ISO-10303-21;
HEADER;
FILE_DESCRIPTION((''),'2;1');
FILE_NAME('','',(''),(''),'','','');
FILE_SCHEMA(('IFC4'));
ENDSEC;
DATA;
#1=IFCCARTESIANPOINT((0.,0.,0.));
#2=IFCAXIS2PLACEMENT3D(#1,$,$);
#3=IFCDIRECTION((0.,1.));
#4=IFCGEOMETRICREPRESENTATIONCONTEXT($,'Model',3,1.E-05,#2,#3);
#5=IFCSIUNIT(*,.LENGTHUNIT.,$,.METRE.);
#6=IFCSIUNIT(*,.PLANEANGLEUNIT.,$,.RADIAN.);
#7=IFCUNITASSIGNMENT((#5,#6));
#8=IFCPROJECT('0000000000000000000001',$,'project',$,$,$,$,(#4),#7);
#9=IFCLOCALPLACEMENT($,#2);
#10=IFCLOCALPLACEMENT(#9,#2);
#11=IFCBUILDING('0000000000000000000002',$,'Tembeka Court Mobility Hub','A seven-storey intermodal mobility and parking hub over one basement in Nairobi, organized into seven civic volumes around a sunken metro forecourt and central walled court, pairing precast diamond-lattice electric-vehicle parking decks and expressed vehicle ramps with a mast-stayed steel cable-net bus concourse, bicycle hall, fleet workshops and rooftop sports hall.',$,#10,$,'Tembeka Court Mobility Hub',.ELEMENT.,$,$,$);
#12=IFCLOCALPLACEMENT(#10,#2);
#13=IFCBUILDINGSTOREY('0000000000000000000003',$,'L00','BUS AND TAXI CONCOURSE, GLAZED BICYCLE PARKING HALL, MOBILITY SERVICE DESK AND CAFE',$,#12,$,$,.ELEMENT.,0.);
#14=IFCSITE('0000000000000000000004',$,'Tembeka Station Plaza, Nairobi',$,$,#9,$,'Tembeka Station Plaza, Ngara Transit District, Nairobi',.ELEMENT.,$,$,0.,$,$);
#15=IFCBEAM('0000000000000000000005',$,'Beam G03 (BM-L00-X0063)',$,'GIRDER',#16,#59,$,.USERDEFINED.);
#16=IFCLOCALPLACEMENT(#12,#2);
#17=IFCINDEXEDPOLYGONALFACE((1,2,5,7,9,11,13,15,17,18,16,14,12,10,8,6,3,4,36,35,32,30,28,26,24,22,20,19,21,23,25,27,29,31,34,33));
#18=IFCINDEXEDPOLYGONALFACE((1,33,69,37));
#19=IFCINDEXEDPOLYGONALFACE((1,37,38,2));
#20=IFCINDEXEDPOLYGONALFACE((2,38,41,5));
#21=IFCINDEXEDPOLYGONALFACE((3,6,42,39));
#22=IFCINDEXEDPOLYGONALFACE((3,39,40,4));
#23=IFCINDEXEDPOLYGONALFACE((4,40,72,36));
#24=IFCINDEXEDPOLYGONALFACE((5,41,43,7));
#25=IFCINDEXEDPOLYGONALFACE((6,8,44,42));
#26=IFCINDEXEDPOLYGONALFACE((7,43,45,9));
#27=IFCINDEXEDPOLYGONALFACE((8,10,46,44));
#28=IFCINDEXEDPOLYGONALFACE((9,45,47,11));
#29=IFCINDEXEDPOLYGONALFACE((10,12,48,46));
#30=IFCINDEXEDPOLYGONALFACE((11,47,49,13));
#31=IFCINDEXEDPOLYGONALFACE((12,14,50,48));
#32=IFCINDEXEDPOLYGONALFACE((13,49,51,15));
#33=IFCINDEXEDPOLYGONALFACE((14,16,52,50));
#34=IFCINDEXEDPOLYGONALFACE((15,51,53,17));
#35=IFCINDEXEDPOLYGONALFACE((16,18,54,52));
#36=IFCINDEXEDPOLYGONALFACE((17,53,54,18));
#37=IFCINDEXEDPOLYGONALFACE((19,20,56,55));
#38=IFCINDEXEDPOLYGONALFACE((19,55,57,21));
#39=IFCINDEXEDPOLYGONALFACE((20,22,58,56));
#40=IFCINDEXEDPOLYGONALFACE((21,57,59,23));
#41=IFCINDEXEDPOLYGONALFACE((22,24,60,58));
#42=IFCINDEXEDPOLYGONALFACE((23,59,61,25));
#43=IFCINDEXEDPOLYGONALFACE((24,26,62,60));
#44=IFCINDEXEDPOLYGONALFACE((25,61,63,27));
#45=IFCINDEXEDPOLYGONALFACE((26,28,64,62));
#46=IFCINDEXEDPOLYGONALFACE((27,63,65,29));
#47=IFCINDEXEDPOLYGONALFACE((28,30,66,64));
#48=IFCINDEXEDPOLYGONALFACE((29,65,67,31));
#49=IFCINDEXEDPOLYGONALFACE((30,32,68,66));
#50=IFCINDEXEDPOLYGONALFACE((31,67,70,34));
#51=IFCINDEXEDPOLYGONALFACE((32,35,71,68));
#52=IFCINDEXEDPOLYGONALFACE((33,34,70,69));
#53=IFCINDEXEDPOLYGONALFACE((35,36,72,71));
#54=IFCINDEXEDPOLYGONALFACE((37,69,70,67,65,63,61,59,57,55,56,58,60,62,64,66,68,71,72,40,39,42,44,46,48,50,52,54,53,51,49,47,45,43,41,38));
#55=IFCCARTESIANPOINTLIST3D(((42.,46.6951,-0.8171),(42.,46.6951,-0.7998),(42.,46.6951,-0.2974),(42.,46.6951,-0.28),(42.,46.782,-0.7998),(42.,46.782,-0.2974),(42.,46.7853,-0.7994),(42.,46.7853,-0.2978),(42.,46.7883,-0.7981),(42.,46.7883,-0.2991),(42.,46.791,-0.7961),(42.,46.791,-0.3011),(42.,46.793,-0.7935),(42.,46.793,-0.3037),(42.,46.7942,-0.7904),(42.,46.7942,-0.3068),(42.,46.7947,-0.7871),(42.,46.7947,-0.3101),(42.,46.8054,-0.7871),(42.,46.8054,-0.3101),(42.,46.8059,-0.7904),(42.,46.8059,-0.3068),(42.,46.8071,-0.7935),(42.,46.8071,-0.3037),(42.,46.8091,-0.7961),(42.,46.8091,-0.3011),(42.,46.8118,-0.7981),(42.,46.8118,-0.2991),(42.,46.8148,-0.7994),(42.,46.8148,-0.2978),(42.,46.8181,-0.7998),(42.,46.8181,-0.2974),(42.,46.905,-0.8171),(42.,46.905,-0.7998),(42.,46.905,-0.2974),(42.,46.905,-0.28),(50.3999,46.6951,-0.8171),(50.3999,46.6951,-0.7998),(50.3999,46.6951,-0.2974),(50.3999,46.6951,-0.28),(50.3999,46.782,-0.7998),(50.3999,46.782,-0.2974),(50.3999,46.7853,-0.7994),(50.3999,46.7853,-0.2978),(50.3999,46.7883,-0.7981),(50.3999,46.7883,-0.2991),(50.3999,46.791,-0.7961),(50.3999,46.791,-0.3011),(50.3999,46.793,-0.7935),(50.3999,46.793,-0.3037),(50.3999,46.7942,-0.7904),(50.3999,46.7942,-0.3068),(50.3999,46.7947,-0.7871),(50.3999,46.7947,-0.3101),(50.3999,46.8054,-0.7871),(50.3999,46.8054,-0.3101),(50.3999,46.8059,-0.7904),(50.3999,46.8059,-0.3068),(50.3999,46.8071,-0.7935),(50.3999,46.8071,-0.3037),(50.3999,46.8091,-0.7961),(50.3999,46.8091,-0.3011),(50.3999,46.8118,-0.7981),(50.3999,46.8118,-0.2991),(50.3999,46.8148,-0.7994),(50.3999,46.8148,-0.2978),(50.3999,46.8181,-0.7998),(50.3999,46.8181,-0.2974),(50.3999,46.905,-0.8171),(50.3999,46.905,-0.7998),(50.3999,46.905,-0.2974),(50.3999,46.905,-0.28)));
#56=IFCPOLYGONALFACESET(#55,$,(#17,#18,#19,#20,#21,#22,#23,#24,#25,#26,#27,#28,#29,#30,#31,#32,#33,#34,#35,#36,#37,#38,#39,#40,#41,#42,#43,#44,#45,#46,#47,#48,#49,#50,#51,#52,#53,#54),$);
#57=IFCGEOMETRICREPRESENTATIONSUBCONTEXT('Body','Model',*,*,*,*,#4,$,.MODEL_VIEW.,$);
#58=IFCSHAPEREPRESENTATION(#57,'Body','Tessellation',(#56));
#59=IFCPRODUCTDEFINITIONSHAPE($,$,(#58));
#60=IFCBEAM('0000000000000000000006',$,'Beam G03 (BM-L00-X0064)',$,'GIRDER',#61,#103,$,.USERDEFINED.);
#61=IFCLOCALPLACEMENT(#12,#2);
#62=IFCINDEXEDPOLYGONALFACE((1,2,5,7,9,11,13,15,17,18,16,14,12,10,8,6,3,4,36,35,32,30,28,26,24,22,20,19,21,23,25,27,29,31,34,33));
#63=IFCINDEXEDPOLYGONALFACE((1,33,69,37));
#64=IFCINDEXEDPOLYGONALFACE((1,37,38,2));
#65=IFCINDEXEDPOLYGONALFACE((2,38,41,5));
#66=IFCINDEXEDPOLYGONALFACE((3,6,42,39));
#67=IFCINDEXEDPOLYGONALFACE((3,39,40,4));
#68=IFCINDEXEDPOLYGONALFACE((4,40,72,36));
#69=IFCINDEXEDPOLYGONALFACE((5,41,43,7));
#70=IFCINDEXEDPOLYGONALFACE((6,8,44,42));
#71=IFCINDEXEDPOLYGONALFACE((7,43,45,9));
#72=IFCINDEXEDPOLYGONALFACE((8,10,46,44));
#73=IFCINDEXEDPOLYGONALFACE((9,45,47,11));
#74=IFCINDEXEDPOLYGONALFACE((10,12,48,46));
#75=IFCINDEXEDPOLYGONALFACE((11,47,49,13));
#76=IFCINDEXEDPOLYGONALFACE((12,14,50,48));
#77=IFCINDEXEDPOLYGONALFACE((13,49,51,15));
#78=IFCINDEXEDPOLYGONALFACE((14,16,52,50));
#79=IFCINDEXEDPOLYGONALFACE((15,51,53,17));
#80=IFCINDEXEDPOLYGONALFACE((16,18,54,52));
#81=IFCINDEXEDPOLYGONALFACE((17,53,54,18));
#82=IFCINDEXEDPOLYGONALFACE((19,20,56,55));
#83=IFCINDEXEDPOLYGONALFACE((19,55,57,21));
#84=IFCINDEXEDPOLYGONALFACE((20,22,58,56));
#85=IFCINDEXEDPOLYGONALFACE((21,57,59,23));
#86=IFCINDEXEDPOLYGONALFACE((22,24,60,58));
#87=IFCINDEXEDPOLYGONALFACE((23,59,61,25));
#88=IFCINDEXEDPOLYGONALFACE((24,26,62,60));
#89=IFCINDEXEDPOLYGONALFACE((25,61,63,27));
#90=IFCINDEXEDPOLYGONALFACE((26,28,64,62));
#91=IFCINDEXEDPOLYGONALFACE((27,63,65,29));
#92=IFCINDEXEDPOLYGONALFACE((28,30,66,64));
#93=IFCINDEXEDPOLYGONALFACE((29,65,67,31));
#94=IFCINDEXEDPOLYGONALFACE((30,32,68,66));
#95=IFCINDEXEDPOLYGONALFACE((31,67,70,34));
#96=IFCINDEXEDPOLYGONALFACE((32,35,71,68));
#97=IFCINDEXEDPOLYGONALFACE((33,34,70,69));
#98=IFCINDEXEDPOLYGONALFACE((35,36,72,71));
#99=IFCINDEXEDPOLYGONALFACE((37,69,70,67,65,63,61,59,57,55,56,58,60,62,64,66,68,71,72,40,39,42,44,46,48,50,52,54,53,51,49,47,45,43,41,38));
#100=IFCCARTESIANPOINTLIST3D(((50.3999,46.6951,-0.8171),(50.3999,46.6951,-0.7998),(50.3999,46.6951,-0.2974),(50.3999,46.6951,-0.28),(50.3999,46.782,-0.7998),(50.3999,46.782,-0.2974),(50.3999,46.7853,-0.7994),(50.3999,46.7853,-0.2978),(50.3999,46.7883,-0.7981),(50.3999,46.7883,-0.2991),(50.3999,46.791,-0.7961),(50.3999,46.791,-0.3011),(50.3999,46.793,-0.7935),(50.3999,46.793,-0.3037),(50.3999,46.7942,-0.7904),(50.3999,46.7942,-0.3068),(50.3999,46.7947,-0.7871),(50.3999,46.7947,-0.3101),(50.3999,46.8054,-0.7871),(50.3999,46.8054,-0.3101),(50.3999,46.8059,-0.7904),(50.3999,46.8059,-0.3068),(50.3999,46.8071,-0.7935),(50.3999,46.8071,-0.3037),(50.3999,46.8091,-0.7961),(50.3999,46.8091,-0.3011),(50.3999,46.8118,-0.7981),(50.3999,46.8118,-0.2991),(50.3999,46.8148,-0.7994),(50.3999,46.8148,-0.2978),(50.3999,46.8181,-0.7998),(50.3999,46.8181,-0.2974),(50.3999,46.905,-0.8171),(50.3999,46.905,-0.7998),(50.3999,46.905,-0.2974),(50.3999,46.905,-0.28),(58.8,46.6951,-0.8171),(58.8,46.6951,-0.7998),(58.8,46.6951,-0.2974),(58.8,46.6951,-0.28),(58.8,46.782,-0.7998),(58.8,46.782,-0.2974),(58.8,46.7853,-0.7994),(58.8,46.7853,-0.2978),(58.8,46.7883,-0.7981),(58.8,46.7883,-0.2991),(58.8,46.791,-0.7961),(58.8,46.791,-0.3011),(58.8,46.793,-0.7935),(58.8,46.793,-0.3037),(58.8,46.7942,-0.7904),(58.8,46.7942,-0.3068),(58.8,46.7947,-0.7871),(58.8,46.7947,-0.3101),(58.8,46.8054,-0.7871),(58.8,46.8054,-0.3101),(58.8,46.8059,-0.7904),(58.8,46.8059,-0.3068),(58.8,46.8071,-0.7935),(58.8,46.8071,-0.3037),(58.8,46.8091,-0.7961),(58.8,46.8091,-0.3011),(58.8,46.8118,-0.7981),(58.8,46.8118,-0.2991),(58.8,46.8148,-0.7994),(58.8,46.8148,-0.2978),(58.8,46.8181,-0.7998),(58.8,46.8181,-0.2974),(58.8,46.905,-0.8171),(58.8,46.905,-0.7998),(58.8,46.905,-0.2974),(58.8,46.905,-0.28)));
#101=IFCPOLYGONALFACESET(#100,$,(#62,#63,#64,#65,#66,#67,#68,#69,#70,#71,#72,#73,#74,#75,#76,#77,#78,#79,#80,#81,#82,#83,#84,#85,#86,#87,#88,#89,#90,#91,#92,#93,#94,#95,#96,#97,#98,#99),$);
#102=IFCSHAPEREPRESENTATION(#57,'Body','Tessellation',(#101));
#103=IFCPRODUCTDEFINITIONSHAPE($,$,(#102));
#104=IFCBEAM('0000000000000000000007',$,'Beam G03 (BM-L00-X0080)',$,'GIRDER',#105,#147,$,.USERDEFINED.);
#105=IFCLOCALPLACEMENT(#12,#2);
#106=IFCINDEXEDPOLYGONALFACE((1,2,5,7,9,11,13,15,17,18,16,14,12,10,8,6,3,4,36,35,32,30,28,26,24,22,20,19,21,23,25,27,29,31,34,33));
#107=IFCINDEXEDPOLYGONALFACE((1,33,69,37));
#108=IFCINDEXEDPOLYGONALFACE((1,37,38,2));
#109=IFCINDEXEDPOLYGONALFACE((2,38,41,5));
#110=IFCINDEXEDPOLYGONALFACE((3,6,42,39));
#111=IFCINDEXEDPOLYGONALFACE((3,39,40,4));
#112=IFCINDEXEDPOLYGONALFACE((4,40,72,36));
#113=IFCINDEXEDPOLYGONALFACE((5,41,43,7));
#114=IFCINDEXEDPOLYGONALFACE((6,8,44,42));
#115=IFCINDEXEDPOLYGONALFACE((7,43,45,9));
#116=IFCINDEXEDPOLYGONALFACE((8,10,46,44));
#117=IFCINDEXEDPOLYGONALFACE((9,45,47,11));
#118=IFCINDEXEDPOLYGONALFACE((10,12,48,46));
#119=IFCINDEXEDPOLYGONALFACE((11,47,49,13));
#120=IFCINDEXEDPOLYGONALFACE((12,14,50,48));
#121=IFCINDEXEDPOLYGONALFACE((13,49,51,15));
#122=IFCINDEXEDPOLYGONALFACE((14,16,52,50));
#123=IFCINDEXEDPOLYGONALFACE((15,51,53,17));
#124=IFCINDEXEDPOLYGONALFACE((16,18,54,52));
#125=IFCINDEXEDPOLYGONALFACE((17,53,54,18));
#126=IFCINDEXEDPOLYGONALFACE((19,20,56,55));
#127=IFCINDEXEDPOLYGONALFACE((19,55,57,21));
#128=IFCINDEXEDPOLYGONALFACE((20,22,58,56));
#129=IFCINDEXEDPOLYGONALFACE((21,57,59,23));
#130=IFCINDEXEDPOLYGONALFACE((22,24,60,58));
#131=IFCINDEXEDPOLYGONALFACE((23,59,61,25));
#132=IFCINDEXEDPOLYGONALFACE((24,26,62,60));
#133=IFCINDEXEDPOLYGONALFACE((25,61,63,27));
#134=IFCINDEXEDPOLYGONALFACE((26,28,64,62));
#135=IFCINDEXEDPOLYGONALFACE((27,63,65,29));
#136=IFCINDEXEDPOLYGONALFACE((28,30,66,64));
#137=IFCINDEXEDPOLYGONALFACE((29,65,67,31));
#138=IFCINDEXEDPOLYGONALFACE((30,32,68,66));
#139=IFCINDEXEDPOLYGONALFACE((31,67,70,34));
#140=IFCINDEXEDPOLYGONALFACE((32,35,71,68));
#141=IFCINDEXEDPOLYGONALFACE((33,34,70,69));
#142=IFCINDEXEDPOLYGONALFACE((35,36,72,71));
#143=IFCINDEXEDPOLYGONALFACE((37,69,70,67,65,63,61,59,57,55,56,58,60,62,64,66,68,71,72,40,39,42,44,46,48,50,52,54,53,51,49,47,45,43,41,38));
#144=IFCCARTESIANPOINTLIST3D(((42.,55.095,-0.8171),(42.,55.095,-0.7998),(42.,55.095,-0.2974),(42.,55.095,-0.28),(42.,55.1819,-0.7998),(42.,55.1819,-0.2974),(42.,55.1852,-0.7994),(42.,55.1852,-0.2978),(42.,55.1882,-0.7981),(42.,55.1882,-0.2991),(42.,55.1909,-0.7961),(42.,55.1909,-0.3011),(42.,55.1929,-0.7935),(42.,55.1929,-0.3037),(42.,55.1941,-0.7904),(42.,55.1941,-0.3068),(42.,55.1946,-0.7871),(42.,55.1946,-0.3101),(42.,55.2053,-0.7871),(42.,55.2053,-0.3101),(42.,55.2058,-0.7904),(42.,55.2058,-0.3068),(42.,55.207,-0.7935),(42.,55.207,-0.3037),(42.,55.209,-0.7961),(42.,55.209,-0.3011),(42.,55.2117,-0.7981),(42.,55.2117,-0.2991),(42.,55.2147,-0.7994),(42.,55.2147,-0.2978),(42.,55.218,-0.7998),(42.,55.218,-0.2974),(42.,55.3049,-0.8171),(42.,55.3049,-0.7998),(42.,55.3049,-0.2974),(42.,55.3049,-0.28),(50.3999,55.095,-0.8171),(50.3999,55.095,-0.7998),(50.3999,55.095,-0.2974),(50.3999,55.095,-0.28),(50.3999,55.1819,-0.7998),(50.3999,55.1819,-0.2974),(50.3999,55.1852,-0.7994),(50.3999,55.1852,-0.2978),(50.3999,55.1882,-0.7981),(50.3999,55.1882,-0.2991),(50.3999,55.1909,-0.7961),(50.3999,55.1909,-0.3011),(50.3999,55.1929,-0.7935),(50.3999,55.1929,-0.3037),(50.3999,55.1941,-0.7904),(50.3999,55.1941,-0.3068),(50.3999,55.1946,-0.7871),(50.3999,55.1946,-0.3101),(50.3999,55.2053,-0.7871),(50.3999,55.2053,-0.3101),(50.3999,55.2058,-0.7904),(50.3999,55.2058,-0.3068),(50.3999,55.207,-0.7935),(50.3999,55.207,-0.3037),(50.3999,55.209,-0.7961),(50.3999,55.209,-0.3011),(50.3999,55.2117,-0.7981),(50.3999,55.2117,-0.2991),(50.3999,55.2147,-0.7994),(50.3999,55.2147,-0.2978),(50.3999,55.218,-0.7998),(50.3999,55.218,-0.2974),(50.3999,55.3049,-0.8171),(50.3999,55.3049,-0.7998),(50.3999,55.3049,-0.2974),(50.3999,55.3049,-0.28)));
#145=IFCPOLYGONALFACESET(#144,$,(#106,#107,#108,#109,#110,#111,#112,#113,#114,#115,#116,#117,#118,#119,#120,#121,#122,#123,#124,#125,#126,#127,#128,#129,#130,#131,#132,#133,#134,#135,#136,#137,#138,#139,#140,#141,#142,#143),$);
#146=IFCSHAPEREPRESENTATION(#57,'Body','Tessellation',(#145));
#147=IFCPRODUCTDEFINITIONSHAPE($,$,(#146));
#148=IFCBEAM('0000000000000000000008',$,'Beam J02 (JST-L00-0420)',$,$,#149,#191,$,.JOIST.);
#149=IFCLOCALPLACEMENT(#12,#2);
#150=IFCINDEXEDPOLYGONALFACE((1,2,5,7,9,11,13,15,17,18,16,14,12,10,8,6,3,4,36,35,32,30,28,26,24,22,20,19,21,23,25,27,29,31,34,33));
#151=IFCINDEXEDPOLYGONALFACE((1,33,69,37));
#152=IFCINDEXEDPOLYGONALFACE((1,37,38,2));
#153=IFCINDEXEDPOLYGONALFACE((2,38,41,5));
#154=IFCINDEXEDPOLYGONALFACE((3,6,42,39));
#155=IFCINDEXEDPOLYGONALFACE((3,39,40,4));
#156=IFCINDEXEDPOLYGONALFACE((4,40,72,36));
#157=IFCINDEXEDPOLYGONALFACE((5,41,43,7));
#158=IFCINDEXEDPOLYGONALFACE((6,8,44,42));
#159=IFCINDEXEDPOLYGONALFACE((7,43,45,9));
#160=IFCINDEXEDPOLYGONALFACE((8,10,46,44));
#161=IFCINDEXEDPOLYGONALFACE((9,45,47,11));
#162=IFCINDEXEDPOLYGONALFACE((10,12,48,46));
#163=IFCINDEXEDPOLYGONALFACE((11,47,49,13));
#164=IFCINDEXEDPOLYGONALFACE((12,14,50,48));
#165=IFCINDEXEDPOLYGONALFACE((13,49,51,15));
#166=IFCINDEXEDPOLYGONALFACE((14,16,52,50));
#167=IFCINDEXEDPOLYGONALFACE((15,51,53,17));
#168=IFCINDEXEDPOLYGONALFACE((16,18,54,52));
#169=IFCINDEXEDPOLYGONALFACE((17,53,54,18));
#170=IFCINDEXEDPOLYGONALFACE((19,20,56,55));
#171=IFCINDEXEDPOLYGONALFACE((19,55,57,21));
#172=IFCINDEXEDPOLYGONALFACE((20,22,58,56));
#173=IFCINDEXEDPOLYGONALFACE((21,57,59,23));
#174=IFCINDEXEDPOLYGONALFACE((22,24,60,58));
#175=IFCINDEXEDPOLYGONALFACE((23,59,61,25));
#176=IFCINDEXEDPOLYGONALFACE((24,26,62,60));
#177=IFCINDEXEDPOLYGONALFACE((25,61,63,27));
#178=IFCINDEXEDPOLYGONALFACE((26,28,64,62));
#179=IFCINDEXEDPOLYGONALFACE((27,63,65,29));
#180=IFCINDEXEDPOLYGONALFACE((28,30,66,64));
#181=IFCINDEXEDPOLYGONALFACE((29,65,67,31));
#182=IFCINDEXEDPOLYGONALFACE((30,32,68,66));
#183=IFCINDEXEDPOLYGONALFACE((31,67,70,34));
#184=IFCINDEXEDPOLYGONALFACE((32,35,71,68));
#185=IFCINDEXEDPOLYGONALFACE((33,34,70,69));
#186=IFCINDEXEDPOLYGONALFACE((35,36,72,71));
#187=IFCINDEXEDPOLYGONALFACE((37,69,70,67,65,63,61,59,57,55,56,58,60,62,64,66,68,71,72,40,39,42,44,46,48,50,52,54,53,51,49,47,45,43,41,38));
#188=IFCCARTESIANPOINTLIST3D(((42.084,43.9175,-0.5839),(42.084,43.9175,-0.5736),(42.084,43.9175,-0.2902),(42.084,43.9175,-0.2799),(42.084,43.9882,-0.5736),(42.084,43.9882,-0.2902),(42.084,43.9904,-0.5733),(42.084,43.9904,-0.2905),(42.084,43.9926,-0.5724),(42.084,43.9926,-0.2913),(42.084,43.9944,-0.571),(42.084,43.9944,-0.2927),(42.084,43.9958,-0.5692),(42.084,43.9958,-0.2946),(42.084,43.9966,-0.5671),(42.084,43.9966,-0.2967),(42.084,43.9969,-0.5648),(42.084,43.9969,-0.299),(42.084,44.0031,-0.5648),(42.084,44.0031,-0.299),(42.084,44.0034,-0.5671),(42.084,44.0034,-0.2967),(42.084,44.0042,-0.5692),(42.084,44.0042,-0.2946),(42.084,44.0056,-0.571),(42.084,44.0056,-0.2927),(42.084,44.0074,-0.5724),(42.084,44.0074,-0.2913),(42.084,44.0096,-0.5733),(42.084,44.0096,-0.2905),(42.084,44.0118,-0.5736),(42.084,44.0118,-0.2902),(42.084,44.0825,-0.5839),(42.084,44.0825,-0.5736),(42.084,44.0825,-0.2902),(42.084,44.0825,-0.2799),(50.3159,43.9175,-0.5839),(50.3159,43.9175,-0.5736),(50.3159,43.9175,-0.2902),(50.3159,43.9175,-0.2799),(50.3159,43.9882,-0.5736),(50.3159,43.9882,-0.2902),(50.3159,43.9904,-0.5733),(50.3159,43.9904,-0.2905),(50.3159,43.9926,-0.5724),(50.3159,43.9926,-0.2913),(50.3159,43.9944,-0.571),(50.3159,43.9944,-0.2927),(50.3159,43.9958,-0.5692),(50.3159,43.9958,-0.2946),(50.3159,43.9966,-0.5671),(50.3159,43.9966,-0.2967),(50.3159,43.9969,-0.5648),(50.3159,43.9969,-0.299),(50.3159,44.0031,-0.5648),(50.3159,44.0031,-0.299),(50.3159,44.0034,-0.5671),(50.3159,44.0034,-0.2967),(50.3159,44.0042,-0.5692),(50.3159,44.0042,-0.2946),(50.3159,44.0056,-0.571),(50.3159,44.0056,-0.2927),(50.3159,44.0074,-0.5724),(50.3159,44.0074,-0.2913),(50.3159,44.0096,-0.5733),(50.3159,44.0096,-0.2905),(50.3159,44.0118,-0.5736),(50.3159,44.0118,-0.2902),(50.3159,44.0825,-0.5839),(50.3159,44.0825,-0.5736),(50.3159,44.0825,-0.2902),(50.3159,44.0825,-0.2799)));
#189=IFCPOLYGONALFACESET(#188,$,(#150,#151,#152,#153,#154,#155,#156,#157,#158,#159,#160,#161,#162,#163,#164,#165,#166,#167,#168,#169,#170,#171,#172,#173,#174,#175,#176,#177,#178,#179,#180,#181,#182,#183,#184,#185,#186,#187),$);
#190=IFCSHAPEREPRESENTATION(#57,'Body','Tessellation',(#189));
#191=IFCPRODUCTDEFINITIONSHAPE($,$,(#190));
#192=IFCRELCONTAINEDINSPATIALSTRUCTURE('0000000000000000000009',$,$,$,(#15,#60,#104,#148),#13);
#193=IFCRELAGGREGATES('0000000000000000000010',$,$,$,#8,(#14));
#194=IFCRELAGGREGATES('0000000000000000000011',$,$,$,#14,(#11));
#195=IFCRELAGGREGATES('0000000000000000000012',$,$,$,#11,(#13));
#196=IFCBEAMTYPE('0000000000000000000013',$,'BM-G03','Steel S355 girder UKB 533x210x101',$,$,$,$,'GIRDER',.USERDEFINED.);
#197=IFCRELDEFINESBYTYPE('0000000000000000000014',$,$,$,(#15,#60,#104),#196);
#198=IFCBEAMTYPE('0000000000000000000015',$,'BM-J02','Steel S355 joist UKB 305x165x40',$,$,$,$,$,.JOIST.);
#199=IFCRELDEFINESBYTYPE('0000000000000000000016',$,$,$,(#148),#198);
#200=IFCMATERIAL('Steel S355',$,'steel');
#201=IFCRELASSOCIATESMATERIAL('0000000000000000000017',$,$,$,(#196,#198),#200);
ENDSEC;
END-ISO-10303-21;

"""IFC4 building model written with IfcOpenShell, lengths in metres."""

from ifc_helpers import new_model, si_unit, direction, frame, origin, origin_2d, place, context, subcontext, project, spatial, i_section, extrude, material, material_profile, profile_set, type_object, element, save


model = new_model("IFC4")

# Units and contexts
model_context = context("Model", 3, precision=1e-05, world=origin(), true_north=direction((0.0, 1.0)))
body_context = subcontext(model_context, "Body", "Model", "MODEL_VIEW")
ifc_project = project(units=[si_unit("LENGTHUNIT", "METRE"), si_unit("PLANEANGLEUNIT", "RADIAN")], contexts=[model_context])

# Site, building, storey
site_placement = place(None, origin())
site = spatial("IfcSite", under=ifc_project, at=site_placement, Name="Tembeka Station Plaza, Nairobi", LongName="Tembeka Station Plaza, Ngara Transit District, Nairobi", CompositionType="ELEMENT", RefElevation=0.0)
building_placement = place(site_placement, origin())
building = spatial("IfcBuilding", under=site, at=building_placement, Name="Tembeka Court Mobility Hub", Description="A seven-storey intermodal mobility and parking hub over one basement in Nairobi, organized into seven civic volumes around a sunken metro forecourt and central walled court, pairing precast diamond-lattice electric-vehicle parking decks and expressed vehicle ramps with a mast-stayed steel cable-net bus concourse, bicycle hall, fleet workshops and rooftop sports hall.", LongName="Tembeka Court Mobility Hub", CompositionType="ELEMENT")
storey_placement = place(building_placement, origin())
storey = spatial("IfcBuildingStorey", under=building, at=storey_placement, Name="L00", Description="BUS AND TAXI CONCOURSE, GLAZED BICYCLE PARKING HALL, MOBILITY SERVICE DESK AND CAFE", CompositionType="ELEMENT", Elevation=0.0)

# Shared definitions
ifc_material_1 = material(Name="Steel S355", Category="steel")

# Beams
ifc_material_profile_1 = material_profile(ifc_material_1, i_section(OverallWidth=0.21, OverallDepth=0.5371, WebThickness=0.0107, FlangeThickness=0.0173, FilletRadius=0.0127, at=origin_2d()), Name="UKB 533x210x101")
ifc_profile_set_1 = profile_set([ifc_material_profile_1], Name="Steel S355")
beam_type_1 = type_object("IfcBeamType", Name="BM-G03", Description="Steel S355 girder UKB 533x210x101", ElementType="GIRDER", PredefinedType="USERDEFINED", material=ifc_profile_set_1)
beam_1_placement = place(storey_placement, frame((42.0, 46.8, -0.5486), z_axis=(1.0, 0.0, 0.0), x_axis=(0.0, 1.0, 0.0)))
element("IfcBeam", 1, at=beam_1_placement, inside=storey, type_object=beam_type_1, Name="Beam G03 (BM-L00-X0063)", ObjectType="GIRDER", PredefinedType="USERDEFINED", context=body_context, shape_type="SweptSolid", body=[
    extrude(i_section(OverallWidth=0.21, OverallDepth=0.5371, WebThickness=0.0107, FlangeThickness=0.0173, FilletRadius=0.0127, at=origin_2d()), origin(), (0.0, 0.0, 1.0), 8.3999),
])
beam_2_placement = place(storey_placement, frame((50.3999, 46.8, -0.5486), z_axis=(1.0, 0.0, 0.0), x_axis=(0.0, 1.0, 0.0)))
element("IfcBeam", 2, at=beam_2_placement, inside=storey, type_object=beam_type_1, Name="Beam G03 (BM-L00-X0064)", ObjectType="GIRDER", PredefinedType="USERDEFINED", context=body_context, shape_type="SweptSolid", body=[
    extrude(i_section(OverallWidth=0.21, OverallDepth=0.5371, WebThickness=0.0107, FlangeThickness=0.0173, FilletRadius=0.0127, at=origin_2d()), origin(), (0.0, 0.0, 1.0), 8.4001),
])
beam_3_placement = place(storey_placement, frame((42.0, 55.2, -0.5486), z_axis=(1.0, 0.0, 0.0), x_axis=(0.0, 1.0, 0.0)))
element("IfcBeam", 3, at=beam_3_placement, inside=storey, type_object=beam_type_1, Name="Beam G03 (BM-L00-X0080)", ObjectType="GIRDER", PredefinedType="USERDEFINED", context=body_context, shape_type="SweptSolid", body=[
    extrude(i_section(OverallWidth=0.21, OverallDepth=0.5371, WebThickness=0.0107, FlangeThickness=0.0173, FilletRadius=0.0127, at=origin_2d()), origin(), (0.0, 0.0, 1.0), 8.3999),
])
ifc_material_profile_2 = material_profile(ifc_material_1, i_section(OverallWidth=0.165, OverallDepth=0.304, WebThickness=0.0061, FlangeThickness=0.0103, FilletRadius=0.0088, at=origin_2d()), Name="UKB 305x165x40")
ifc_profile_set_2 = profile_set([ifc_material_profile_2], Name="Steel S355")
beam_type_2 = type_object("IfcBeamType", Name="BM-J02", Description="Steel S355 joist UKB 305x165x40", PredefinedType="JOIST", material=ifc_profile_set_2)
for number, where, z_axis, x_axis, name in (
    (4, (42.084, 44.0, -0.4319), (1.0, 0.0, 0.0), (0.0, 1.0, 0.0), "Beam J02 (JST-L00-0420)"),
):
    element("IfcBeam", number, at=place(storey_placement, frame(where, z_axis=z_axis, x_axis=x_axis)), inside=storey, type_object=beam_type_2, Name=name, PredefinedType="JOIST", context=body_context, shape_type="SweptSolid", body=[
        extrude(i_section(OverallWidth=0.165, OverallDepth=0.304, WebThickness=0.0061, FlangeThickness=0.0103, FilletRadius=0.0088, at=origin_2d()), origin(), (0.0, 0.0, 1.0), 8.2319),
    ])

save(model, "model.ifc")
